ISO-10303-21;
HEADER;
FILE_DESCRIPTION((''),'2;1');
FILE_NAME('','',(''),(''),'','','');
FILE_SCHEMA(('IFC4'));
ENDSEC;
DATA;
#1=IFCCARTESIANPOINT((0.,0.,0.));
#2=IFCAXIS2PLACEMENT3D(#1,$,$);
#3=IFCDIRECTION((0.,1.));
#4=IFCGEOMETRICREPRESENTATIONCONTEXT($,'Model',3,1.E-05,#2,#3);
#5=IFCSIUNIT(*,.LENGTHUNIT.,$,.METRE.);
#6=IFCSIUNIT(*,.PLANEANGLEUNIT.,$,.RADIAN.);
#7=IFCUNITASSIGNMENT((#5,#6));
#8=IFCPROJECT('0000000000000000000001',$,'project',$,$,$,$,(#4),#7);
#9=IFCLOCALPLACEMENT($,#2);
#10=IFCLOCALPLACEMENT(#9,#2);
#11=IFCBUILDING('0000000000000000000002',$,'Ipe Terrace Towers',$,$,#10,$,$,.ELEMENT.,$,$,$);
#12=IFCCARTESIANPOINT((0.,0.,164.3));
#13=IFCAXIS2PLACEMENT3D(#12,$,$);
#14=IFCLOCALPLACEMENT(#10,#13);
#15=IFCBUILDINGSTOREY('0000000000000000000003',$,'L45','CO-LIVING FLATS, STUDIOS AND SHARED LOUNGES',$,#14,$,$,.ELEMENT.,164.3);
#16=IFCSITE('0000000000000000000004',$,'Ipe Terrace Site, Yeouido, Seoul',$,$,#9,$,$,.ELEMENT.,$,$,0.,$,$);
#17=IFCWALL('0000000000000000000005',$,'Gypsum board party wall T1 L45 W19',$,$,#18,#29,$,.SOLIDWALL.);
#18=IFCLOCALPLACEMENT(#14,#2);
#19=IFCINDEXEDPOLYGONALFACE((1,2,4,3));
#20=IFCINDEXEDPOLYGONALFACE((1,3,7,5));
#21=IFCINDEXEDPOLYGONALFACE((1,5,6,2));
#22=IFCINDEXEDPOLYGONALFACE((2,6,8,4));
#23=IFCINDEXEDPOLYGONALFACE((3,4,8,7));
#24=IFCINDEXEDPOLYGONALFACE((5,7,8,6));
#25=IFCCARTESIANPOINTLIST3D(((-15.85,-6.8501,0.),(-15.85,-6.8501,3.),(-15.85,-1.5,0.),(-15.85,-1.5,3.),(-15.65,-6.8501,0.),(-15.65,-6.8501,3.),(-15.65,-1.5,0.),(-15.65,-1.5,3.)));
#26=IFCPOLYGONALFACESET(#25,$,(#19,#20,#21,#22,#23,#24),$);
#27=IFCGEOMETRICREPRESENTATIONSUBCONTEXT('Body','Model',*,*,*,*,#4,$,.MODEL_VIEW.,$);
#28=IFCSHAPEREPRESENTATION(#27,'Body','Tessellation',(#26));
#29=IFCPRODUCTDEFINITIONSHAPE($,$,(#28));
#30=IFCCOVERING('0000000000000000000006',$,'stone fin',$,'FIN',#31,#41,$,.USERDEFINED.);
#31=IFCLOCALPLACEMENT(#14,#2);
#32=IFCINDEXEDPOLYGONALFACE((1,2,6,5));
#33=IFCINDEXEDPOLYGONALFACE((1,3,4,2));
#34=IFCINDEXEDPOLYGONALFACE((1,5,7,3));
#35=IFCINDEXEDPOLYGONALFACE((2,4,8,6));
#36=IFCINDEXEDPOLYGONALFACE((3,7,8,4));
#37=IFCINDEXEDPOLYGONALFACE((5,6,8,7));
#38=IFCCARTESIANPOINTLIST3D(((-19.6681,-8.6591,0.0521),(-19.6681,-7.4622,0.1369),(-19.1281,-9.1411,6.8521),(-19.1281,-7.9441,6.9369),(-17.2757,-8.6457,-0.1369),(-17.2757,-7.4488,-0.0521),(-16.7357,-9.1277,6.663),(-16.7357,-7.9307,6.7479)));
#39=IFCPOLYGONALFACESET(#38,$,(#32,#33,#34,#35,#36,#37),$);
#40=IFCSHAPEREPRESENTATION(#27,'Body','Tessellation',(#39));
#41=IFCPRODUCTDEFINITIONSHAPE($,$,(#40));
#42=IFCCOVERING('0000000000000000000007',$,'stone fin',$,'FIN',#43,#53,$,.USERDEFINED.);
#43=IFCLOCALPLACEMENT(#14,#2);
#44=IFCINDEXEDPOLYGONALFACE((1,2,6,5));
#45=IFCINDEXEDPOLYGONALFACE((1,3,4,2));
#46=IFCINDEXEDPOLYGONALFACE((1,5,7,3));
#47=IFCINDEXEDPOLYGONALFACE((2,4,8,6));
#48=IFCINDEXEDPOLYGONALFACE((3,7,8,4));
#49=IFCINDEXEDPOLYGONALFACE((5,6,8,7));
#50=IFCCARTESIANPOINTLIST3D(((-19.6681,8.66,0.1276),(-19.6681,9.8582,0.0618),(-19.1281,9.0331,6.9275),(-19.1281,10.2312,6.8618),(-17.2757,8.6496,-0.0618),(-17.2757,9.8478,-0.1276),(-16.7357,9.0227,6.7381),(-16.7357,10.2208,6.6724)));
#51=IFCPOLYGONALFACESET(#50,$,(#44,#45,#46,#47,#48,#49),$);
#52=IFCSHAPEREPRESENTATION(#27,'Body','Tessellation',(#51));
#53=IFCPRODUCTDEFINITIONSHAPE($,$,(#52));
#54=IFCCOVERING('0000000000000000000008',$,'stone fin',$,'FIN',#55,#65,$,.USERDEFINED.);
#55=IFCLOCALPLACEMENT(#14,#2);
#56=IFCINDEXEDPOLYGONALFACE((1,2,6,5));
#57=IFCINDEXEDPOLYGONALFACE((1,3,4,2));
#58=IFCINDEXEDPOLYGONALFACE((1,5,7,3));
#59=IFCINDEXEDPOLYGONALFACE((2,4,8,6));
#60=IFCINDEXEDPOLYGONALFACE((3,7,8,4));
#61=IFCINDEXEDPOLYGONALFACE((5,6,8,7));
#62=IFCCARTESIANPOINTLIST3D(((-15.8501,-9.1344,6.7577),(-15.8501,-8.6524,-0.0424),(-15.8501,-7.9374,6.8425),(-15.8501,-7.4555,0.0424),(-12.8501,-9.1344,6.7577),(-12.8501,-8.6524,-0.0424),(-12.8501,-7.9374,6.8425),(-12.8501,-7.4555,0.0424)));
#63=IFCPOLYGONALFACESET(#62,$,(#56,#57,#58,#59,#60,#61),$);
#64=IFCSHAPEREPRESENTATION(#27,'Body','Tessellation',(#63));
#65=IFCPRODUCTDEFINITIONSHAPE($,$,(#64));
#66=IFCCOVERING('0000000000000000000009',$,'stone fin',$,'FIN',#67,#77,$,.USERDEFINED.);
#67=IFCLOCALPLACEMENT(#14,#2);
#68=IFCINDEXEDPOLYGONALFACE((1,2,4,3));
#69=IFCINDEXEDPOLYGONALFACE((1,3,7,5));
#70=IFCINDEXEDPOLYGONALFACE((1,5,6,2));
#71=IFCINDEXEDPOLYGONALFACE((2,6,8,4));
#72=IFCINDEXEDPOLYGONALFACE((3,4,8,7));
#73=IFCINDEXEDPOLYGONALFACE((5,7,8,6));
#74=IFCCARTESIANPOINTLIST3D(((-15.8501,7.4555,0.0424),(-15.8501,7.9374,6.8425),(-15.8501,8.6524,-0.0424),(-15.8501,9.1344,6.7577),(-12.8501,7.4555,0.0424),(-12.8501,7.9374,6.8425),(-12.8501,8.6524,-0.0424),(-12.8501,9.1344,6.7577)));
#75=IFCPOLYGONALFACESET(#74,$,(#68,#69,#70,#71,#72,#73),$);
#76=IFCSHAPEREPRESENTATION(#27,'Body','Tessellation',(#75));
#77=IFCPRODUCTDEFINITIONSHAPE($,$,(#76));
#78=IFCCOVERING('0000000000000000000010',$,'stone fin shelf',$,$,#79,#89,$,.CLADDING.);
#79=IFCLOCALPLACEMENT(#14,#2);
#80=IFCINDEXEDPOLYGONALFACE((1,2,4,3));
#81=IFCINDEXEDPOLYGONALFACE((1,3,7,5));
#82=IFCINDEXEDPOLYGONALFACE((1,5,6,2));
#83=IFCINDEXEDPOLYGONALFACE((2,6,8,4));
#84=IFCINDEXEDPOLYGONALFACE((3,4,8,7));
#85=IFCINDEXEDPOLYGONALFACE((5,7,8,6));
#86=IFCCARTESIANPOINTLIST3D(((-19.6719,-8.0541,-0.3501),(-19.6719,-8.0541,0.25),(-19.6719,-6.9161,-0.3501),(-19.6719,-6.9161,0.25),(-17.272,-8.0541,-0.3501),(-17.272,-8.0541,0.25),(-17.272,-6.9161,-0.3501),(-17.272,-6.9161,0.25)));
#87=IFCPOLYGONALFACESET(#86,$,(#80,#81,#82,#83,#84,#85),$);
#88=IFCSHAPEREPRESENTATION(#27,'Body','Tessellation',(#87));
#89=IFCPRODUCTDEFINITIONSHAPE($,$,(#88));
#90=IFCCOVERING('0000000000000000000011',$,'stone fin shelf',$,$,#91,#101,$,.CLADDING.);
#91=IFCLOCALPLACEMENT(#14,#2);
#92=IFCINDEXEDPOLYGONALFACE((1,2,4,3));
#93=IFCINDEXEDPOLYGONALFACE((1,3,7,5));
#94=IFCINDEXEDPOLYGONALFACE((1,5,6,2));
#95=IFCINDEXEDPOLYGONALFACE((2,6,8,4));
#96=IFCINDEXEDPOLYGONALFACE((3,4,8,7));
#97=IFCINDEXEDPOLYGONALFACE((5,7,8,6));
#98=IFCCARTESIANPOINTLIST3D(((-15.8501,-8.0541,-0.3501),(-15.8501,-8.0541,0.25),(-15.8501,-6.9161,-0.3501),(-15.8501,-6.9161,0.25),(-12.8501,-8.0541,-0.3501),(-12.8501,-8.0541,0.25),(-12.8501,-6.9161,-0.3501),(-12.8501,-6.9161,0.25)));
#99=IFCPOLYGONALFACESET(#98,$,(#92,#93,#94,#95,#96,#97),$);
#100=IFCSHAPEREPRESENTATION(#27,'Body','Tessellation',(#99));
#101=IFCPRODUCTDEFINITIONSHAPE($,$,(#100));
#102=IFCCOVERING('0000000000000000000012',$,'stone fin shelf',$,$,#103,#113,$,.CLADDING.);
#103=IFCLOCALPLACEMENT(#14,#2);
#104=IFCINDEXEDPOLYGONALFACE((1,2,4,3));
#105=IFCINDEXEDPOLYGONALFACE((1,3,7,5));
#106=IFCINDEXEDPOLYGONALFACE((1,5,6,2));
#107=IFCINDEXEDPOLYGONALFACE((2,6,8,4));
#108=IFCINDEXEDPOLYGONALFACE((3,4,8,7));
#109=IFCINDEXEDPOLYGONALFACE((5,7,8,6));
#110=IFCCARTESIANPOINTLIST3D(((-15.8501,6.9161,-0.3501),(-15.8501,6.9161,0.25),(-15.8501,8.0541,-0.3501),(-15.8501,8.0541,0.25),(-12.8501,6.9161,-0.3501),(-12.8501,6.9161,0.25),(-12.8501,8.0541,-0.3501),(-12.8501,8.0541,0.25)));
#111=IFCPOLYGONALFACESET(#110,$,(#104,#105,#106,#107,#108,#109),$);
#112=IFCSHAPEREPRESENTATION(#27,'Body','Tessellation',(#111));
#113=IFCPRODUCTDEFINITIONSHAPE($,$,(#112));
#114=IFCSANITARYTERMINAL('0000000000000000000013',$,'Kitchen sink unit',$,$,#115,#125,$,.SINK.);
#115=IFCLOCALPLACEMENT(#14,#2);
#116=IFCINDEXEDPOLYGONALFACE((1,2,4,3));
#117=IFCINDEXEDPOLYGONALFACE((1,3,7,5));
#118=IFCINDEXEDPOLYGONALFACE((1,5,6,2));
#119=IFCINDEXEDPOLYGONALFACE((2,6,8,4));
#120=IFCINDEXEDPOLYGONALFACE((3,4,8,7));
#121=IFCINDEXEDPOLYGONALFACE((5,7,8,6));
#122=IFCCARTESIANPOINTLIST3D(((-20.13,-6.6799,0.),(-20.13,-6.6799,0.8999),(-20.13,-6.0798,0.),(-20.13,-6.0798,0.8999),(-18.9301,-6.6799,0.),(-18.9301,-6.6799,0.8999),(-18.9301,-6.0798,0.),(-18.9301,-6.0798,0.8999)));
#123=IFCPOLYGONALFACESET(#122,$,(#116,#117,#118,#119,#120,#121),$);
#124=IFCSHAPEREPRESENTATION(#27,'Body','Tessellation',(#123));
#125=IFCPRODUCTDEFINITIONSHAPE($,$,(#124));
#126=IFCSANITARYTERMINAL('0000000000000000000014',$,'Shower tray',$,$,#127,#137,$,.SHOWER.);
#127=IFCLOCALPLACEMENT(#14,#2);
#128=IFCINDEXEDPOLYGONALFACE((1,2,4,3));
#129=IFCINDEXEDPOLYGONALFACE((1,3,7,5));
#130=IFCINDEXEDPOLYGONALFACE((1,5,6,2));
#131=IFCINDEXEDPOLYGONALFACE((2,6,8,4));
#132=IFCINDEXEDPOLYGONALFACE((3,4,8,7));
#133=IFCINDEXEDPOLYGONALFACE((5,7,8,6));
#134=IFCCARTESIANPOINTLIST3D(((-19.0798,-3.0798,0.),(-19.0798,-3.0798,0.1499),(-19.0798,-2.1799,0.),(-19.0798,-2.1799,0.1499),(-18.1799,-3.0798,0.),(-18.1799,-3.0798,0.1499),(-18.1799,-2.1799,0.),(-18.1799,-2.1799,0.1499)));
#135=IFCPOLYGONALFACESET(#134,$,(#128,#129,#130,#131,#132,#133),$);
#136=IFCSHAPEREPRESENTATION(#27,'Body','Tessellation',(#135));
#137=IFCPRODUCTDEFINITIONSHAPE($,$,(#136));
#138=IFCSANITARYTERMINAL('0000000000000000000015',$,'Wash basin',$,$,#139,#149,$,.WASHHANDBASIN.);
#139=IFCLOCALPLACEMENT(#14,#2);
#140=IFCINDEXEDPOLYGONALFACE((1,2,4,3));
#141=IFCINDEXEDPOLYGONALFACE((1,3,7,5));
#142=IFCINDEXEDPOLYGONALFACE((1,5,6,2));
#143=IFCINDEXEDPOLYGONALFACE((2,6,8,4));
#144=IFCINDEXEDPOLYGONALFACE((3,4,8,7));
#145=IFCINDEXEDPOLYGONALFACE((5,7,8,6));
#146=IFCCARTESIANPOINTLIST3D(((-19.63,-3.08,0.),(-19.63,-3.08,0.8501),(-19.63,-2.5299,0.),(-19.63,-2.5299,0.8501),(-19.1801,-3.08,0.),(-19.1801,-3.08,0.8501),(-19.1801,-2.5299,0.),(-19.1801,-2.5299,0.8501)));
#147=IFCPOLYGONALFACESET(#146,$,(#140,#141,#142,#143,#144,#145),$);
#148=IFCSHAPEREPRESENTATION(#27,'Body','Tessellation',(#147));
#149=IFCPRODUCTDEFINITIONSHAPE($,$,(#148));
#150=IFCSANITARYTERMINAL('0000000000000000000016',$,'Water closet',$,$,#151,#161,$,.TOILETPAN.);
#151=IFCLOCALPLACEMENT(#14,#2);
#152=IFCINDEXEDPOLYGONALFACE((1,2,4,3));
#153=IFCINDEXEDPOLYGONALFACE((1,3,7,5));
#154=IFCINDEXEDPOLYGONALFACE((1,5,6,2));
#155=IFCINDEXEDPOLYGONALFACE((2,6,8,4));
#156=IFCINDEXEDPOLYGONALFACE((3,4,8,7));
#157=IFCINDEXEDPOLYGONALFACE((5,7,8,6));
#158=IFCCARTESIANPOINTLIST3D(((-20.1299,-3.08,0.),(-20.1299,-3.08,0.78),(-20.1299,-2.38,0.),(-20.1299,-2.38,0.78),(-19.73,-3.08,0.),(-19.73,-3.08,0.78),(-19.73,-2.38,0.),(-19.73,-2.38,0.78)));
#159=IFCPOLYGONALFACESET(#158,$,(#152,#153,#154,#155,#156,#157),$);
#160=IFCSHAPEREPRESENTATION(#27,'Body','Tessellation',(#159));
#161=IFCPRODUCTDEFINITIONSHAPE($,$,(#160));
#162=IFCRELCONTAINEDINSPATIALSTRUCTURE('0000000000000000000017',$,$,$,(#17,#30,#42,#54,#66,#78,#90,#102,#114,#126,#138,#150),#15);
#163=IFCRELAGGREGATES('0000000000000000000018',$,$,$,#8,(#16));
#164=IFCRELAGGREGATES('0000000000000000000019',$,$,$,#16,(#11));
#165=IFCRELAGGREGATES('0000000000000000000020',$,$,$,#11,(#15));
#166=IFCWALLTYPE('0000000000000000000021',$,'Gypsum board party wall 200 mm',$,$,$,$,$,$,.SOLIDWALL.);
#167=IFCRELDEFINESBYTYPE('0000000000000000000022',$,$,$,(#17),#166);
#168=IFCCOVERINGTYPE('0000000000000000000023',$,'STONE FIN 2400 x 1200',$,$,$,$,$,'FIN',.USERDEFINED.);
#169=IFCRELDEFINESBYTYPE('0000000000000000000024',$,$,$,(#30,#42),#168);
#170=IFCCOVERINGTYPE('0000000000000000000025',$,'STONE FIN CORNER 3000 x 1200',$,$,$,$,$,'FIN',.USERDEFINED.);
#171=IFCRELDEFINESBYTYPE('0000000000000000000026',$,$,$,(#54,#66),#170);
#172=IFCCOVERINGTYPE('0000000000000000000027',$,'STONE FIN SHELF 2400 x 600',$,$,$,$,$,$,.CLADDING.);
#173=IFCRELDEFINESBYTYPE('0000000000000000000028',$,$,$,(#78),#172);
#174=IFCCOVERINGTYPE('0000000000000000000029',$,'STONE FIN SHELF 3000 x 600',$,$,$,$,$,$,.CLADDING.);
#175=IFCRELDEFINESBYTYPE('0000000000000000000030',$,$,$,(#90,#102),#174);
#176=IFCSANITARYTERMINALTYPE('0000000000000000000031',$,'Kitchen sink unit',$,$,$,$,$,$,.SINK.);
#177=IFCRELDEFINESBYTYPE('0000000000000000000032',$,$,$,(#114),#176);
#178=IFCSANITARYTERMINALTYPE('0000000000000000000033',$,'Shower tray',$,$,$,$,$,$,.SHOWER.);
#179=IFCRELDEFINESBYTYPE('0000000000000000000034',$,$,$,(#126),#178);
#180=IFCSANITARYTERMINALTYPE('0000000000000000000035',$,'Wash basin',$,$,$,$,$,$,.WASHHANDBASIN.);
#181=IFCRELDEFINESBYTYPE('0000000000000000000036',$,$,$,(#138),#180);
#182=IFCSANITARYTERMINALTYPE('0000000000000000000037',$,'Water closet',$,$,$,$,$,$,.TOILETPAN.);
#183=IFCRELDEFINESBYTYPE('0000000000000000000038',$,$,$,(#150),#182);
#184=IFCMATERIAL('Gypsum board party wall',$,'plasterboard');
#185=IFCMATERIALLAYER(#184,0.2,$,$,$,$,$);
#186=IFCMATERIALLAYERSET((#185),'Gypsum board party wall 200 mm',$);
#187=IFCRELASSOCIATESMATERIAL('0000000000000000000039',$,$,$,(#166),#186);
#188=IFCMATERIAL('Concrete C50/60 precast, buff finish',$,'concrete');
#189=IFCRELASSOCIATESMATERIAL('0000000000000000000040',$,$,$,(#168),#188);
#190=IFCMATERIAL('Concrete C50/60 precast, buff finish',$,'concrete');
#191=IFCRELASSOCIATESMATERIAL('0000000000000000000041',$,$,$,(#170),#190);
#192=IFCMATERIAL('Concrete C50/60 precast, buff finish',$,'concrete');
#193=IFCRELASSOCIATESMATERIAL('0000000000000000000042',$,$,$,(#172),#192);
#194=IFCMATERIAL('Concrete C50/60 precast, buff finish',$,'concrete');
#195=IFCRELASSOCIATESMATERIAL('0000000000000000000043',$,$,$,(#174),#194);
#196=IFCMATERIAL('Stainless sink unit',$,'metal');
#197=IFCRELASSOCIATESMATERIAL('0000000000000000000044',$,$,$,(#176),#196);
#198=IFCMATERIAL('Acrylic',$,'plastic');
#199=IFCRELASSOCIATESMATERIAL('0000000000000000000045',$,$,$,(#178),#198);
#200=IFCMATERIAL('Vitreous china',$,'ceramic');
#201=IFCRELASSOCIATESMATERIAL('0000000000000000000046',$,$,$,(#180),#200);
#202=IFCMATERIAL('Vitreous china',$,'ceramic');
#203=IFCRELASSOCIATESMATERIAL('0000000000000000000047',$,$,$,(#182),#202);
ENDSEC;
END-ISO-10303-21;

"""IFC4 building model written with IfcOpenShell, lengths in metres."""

from ifc_helpers import new_model, si_unit, direction, frame, frame_2d, origin, origin_2d, place, context, subcontext, project, spatial, rectangle, extrude, material, layer, layer_set, material_profile, profile_set, type_object, element, save


model = new_model("IFC4")

# Units and contexts
model_context = context("Model", 3, precision=1e-05, world=origin(), true_north=direction((0.0, 1.0)))
body_context = subcontext(model_context, "Body", "Model", "MODEL_VIEW")
ifc_project = project(units=[si_unit("LENGTHUNIT", "METRE"), si_unit("PLANEANGLEUNIT", "RADIAN")], contexts=[model_context])

# Site, building, storey
site_placement = place(None, origin())
site = spatial("IfcSite", under=ifc_project, at=site_placement, Name="Ipe Terrace Site, Yeouido, Seoul", CompositionType="ELEMENT", RefElevation=0.0)
building_placement = place(site_placement, origin())
building = spatial("IfcBuilding", under=site, at=building_placement, Name="Ipe Terrace Towers", CompositionType="ELEMENT")
storey_placement = place(building_placement, frame((0.0, 0.0, 164.3)))
storey = spatial("IfcBuildingStorey", under=building, at=storey_placement, Name="L45", Description="CO-LIVING FLATS, STUDIOS AND SHARED LOUNGES", CompositionType="ELEMENT", Elevation=164.3)

# Wall
ifc_material_1 = material(Name="Gypsum board party wall", Category="plasterboard")
ifc_layer_1 = layer(ifc_material_1, 0.2)
ifc_layer_set_1 = layer_set([ifc_layer_1], Name="Gypsum board party wall 200 mm")
wall_type_1 = type_object("IfcWallType", Name="Gypsum board party wall 200 mm", PredefinedType="SOLIDWALL", material=ifc_layer_set_1)
wall_1_placement = place(storey_placement, frame((-15.75, -6.8501, 0.0), z_axis=(0.0, 0.0, 1.0), x_axis=(0.0, 1.0, 0.0)))
element("IfcWall", 1, at=wall_1_placement, inside=storey, type_object=wall_type_1, Name="Gypsum board party wall T1 L45 W19", PredefinedType="SOLIDWALL", context=body_context, shape_type="SweptSolid", body=[
    extrude(rectangle(XDim=5.3501, YDim=0.2, at=frame_2d((2.675, 0.0))), origin(), (0.0, 0.0, 1.0), 3.0),
])

# Coverings
ifc_material_2 = material(Name="Concrete C50/60 precast, buff finish", Category="concrete")
ifc_material_profile_1 = material_profile(ifc_material_2, rectangle(XDim=2.3999, YDim=1.2, at=origin_2d()), Name="STONE FIN 2400 x 1200")
ifc_profile_set_1 = profile_set([ifc_material_profile_1], Name="Concrete C50/60 precast, buff finish")
covering_type_1 = type_object("IfcCoveringType", Name="STONE FIN 2400 x 1200", ElementType="FIN", PredefinedType="USERDEFINED", material=ifc_profile_set_1)
covering_1_placement = place(storey_placement, frame((-18.4719, -8.054, 0.0), z_axis=(0.078971, -0.070474, 0.994383), x_axis=(0.996877, 0.005583, -0.078773)))
element("IfcCovering", 2, at=covering_1_placement, inside=storey, type_object=covering_type_1, Name="stone fin", ObjectType="FIN", PredefinedType="USERDEFINED", context=body_context, shape_type="SweptSolid", body=[
    extrude(rectangle(XDim=2.3999, YDim=1.2, at=origin_2d()), origin(), (0.0, 0.0, 1.0), 6.8384),
])
covering_2_placement = place(storey_placement, frame((-18.4719, 9.2539, 0.0), z_axis=(0.07905, 0.054606, 0.995374), x_axis=(-0.996871, 0.00433, 0.078931)))
element("IfcCovering", 3, at=covering_2_placement, inside=storey, type_object=covering_type_1, Name="stone fin", ObjectType="FIN", PredefinedType="USERDEFINED", context=body_context, shape_type="SweptSolid", body=[
    extrude(rectangle(XDim=2.3999, YDim=1.2, at=origin_2d()), origin(), (0.0, 0.0, 1.0), 6.8315),
])
ifc_material_3 = material(Name="Concrete C50/60 precast, buff finish", Category="concrete")
ifc_material_profile_2 = material_profile(ifc_material_3, rectangle(XDim=3.0, YDim=1.2, at=origin_2d()), Name="STONE FIN CORNER 3000 x 1200")
ifc_profile_set_2 = profile_set([ifc_material_profile_2], Name="Concrete C50/60 precast, buff finish")
covering_type_2 = type_object("IfcCoveringType", Name="STONE FIN CORNER 3000 x 1200", ElementType="FIN", PredefinedType="USERDEFINED", material=ifc_profile_set_2)
for number, where, z_axis, x_axis, name in (
    (4, (-14.3501, -8.054, 0.0), (0.0, -0.070695, 0.997498), (1.0, 0.0, 0.0), "stone fin"),
    (5, (-14.3501, 8.054, 0.0), (0.0, 0.070695, 0.997498), (-1.0, 0.0, 0.0), "stone fin"),
):
    element("IfcCovering", number, at=place(storey_placement, frame(where, z_axis=z_axis, x_axis=x_axis)), inside=storey, type_object=covering_type_2, Name=name, ObjectType="FIN", PredefinedType="USERDEFINED", context=body_context, shape_type="SweptSolid", body=[
        extrude(rectangle(XDim=3.0, YDim=1.2, at=origin_2d()), origin(), (0.0, 0.0, 1.0), 6.8171),
    ])
ifc_material_4 = material(Name="Concrete C50/60 precast, buff finish", Category="concrete")
covering_type_3 = type_object("IfcCoveringType", Name="STONE FIN SHELF 2400 x 600", PredefinedType="CLADDING", material=ifc_material_4)
covering_3_placement = place(storey_placement, frame((-18.4719, -7.4851, -0.3501), z_axis=(0.0, 0.0, 1.0), x_axis=(1.0, 0.0, 0.0)))
element("IfcCovering", 6, at=covering_3_placement, inside=storey, type_object=covering_type_3, Name="stone fin shelf", PredefinedType="CLADDING", context=body_context, shape_type="SweptSolid", body=[
    extrude(rectangle(XDim=2.3999, YDim=1.1379, at=origin_2d()), origin(), (0.0, 0.0, 1.0), 0.6001),
])
ifc_material_5 = material(Name="Concrete C50/60 precast, buff finish", Category="concrete")
covering_type_4 = type_object("IfcCoveringType", Name="STONE FIN SHELF 3000 x 600", PredefinedType="CLADDING", material=ifc_material_5)
for number, where, z_axis, x_axis, name in (
    (7, (-14.3501, -7.4851, -0.3501), (0.0, 0.0, 1.0), (1.0, 0.0, 0.0), "stone fin shelf"),
    (8, (-14.3501, 7.4851, -0.3501), (0.0, 0.0, 1.0), (-1.0, 0.0, 0.0), "stone fin shelf"),
):
    element("IfcCovering", number, at=place(storey_placement, frame(where, z_axis=z_axis, x_axis=x_axis)), inside=storey, type_object=covering_type_4, Name=name, PredefinedType="CLADDING", context=body_context, shape_type="SweptSolid", body=[
        extrude(rectangle(XDim=3.0, YDim=1.1379, at=origin_2d()), origin(), (0.0, 0.0, 1.0), 0.6001),
    ])

# Sanitary terminals
ifc_material_6 = material(Name="Stainless sink unit", Category="metal")
sanitary_terminal_type_1 = type_object("IfcSanitaryTerminalType", Name="Kitchen sink unit", PredefinedType="SINK", material=ifc_material_6)
sanitary_terminal_1_placement = place(storey_placement, frame((-19.53, -6.3799, 0.0), z_axis=(0.0, 0.0, 1.0), x_axis=(-1.0, 0.0, 0.0)))
element("IfcSanitaryTerminal", 9, at=sanitary_terminal_1_placement, inside=storey, type_object=sanitary_terminal_type_1, Name="Kitchen sink unit", PredefinedType="SINK", context=body_context, shape_type="SweptSolid", body=[
    extrude(rectangle(XDim=1.2, YDim=0.6001, at=origin_2d()), origin(), (0.0, 0.0, 1.0), 0.8999),
])
ifc_material_7 = material(Name="Acrylic", Category="plastic")
sanitary_terminal_type_2 = type_object("IfcSanitaryTerminalType", Name="Shower tray", PredefinedType="SHOWER", material=ifc_material_7)
sanitary_terminal_2_placement = place(storey_placement, frame((-18.6299, -2.6299, 0.0), z_axis=(0.0, 0.0, 1.0), x_axis=(0.0, 1.0, 0.0)))
element("IfcSanitaryTerminal", 10, at=sanitary_terminal_2_placement, inside=storey, type_object=sanitary_terminal_type_2, Name="Shower tray", PredefinedType="SHOWER", context=body_context, shape_type="SweptSolid", body=[
    extrude(rectangle(XDim=0.8999, YDim=0.8999, at=origin_2d()), origin(), (0.0, 0.0, 1.0), 0.1499),
])
ifc_material_8 = material(Name="Vitreous china", Category="ceramic")
sanitary_terminal_type_3 = type_object("IfcSanitaryTerminalType", Name="Wash basin", PredefinedType="WASHHANDBASIN", material=ifc_material_8)
sanitary_terminal_3_placement = place(storey_placement, frame((-19.405, -2.8049, 0.0), z_axis=(0.0, 0.0, 1.0), x_axis=(0.0, 1.0, 0.0)))
element("IfcSanitaryTerminal", 11, at=sanitary_terminal_3_placement, inside=storey, type_object=sanitary_terminal_type_3, Name="Wash basin", PredefinedType="WASHHANDBASIN", context=body_context, shape_type="SweptSolid", body=[
    extrude(rectangle(XDim=0.55, YDim=0.45, at=origin_2d()), origin(), (0.0, 0.0, 1.0), 0.8501),
])
ifc_material_9 = material(Name="Vitreous china", Category="ceramic")
sanitary_terminal_type_4 = type_object("IfcSanitaryTerminalType", Name="Water closet", PredefinedType="TOILETPAN", material=ifc_material_9)
sanitary_terminal_4_placement = place(storey_placement, frame((-19.9299, -2.73, 0.0), z_axis=(0.0, 0.0, 1.0), x_axis=(0.0, 1.0, 0.0)))
element("IfcSanitaryTerminal", 12, at=sanitary_terminal_4_placement, inside=storey, type_object=sanitary_terminal_type_4, Name="Water closet", PredefinedType="TOILETPAN", context=body_context, shape_type="SweptSolid", body=[
    extrude(rectangle(XDim=0.7, YDim=0.3999, at=origin_2d()), origin(), (0.0, 0.0, 1.0), 0.78),
])

save(model, "model.ifc")
